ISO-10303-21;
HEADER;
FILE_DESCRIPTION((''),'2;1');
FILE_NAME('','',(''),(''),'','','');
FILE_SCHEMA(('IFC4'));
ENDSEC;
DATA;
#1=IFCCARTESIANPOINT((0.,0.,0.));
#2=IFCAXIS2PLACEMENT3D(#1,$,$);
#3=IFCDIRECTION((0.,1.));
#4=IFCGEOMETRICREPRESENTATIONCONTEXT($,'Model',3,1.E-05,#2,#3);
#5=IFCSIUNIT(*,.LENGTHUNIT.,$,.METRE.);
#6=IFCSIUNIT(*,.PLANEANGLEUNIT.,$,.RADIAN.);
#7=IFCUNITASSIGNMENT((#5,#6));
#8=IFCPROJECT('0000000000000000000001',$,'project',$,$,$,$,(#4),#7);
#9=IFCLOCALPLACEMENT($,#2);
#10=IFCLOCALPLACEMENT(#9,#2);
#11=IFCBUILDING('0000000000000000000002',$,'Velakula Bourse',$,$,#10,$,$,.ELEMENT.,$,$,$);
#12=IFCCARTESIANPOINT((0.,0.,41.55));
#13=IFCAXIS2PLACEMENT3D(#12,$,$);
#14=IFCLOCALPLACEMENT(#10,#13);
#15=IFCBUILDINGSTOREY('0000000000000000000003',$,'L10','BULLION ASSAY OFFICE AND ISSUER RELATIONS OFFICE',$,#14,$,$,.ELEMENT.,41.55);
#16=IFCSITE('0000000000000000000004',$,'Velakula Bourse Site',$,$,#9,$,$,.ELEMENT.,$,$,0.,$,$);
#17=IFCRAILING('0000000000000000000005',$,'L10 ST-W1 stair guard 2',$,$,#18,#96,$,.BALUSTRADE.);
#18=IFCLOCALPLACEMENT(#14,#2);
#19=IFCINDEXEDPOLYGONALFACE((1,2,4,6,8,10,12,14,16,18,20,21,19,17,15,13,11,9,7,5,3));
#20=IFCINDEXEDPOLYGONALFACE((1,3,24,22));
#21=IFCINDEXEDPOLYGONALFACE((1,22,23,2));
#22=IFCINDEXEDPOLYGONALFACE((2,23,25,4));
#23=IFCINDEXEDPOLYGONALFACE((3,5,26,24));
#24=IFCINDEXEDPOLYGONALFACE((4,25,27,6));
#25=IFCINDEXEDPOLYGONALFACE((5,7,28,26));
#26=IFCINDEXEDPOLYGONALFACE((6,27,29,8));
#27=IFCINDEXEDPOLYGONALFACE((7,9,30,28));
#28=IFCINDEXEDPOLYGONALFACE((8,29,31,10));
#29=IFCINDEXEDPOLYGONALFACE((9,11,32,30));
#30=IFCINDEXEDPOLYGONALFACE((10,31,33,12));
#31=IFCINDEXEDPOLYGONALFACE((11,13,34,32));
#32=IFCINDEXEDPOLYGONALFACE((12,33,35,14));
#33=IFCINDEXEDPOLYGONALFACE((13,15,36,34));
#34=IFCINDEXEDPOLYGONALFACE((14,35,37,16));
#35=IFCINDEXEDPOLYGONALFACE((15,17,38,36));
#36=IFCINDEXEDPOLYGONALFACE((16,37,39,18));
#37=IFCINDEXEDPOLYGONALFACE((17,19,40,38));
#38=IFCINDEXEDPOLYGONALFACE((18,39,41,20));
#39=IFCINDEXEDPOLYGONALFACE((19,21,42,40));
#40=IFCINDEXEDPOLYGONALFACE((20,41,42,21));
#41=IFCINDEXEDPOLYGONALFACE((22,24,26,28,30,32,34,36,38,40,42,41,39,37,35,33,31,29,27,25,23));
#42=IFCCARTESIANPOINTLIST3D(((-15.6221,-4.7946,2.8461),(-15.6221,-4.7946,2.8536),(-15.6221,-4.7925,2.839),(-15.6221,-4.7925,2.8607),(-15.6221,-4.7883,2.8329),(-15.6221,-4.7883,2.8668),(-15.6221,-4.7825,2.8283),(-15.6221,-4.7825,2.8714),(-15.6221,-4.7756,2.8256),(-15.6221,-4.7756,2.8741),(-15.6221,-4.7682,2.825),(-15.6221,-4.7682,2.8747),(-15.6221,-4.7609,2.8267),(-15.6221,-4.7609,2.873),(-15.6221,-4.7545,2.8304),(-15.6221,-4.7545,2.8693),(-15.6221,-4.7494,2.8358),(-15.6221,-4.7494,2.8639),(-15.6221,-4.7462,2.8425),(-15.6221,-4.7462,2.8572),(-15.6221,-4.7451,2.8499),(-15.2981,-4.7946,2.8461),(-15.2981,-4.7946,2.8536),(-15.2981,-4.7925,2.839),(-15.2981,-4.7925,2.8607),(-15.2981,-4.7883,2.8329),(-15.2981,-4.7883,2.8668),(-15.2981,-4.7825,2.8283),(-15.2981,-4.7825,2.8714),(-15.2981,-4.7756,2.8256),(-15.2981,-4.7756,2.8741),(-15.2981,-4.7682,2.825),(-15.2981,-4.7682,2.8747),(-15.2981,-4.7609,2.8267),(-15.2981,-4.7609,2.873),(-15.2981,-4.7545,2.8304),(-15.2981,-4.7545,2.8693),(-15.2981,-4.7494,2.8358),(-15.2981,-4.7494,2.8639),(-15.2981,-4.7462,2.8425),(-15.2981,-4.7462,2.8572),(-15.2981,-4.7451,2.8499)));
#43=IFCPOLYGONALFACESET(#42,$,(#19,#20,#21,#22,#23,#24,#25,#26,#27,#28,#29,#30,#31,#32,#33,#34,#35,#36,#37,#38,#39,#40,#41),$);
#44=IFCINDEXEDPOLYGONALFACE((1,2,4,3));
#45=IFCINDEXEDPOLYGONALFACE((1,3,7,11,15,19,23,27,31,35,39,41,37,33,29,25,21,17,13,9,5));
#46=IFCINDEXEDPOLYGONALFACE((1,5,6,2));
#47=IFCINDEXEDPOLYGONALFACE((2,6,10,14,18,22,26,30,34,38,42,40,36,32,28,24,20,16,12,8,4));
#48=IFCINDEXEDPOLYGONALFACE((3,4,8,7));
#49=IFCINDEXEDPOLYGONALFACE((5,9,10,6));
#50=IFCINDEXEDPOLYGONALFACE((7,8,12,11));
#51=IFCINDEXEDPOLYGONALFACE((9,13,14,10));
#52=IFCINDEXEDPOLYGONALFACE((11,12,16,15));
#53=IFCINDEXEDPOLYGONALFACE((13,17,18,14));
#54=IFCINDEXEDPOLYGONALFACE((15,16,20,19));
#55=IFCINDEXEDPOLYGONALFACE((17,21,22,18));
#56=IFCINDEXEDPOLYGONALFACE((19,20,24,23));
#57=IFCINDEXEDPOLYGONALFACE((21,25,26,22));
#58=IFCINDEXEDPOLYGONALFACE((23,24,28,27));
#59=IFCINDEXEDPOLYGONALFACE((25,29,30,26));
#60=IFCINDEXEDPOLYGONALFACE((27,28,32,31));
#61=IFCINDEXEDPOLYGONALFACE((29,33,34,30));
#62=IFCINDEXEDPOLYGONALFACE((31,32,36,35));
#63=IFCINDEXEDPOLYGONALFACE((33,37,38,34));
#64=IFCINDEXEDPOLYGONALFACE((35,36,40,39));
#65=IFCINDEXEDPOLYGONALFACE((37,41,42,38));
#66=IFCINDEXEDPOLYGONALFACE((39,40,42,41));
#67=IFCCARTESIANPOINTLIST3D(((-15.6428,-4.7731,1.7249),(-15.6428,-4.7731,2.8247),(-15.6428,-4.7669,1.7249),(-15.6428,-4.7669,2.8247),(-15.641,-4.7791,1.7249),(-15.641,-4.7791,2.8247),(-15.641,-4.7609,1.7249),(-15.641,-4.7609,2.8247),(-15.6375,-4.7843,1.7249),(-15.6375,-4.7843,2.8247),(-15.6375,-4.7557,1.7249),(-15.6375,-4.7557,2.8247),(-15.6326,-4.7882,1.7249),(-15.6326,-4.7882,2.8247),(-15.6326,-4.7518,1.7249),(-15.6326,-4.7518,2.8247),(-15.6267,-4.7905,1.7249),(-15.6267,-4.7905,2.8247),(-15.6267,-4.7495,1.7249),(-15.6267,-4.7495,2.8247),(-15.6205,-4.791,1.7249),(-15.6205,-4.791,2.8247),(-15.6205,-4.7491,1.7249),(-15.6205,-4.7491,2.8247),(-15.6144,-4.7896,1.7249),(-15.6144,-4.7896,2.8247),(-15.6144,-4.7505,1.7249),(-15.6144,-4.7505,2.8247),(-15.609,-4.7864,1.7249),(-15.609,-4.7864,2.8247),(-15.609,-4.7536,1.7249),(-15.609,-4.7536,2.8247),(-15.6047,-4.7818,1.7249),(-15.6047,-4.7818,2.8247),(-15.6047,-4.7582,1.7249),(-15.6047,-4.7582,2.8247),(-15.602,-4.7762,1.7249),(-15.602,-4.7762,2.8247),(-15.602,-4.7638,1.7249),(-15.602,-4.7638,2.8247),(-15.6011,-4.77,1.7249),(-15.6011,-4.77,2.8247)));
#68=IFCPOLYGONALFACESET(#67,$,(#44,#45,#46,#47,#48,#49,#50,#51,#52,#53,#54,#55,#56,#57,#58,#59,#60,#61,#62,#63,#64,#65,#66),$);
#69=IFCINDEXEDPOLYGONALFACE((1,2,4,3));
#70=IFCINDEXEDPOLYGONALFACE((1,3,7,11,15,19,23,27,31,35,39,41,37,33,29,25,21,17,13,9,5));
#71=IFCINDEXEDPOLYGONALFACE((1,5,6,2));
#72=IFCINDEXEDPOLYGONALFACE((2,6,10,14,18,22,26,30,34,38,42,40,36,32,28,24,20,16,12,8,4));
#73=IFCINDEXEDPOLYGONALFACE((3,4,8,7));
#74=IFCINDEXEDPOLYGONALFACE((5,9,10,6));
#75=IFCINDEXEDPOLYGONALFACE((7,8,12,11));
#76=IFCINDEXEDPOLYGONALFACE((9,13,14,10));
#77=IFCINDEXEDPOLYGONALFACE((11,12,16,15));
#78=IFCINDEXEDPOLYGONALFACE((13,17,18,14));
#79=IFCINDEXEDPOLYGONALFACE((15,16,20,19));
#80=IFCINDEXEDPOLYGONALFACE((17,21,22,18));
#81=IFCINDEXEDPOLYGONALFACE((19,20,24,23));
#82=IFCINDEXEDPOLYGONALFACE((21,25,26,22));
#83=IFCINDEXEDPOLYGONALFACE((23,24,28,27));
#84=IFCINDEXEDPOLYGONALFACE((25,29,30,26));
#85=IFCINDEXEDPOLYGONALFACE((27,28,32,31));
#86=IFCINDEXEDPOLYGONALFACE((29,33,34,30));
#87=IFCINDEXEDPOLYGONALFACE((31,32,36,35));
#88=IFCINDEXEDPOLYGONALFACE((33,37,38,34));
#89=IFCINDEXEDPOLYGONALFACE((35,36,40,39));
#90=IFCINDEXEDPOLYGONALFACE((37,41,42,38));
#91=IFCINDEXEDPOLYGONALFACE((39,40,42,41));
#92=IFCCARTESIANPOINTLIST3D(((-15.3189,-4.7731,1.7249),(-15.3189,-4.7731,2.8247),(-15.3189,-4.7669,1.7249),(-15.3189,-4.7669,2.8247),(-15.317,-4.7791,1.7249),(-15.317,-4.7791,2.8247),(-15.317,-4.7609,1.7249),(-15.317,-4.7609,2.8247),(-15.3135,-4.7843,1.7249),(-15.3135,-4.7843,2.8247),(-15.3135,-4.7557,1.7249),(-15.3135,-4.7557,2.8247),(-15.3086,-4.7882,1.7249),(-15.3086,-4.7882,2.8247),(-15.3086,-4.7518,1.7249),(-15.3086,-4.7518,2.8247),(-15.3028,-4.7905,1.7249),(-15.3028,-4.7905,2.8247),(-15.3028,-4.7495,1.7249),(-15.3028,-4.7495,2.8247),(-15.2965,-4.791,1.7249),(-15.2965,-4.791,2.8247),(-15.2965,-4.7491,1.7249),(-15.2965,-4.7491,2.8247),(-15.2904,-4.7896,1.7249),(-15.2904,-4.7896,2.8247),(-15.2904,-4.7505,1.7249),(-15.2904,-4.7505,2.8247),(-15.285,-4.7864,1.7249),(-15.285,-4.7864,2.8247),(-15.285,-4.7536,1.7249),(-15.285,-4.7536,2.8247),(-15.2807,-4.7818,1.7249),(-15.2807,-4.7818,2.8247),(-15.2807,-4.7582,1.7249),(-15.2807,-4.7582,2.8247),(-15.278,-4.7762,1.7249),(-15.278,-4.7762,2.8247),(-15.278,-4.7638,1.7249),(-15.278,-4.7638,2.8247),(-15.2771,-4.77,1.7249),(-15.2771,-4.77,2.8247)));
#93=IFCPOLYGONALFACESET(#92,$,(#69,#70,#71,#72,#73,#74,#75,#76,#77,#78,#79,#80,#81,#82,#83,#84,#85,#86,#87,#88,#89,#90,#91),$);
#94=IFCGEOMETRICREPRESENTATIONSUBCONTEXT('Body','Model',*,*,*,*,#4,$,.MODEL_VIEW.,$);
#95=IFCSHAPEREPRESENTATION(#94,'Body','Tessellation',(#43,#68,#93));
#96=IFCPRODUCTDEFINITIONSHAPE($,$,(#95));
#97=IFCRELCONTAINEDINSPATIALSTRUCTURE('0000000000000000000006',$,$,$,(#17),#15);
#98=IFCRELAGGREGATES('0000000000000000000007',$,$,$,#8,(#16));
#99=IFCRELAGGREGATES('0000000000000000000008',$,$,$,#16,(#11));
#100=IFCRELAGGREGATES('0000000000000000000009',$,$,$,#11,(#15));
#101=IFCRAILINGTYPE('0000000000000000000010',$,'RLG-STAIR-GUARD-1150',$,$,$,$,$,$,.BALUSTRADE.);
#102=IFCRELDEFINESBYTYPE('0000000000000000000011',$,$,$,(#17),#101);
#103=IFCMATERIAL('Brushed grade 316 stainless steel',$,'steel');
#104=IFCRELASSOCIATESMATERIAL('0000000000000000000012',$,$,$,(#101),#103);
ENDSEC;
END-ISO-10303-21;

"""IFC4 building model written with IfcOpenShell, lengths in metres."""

from ifc_helpers import new_model, si_unit, direction, frame, origin, origin_2d, place, context, subcontext, project, spatial, circle, extrude, material, type_object, element, save


model = new_model("IFC4")

# Units and contexts
model_context = context("Model", 3, precision=1e-05, world=origin(), true_north=direction((0.0, 1.0)))
body_context = subcontext(model_context, "Body", "Model", "MODEL_VIEW")
ifc_project = project(units=[si_unit("LENGTHUNIT", "METRE"), si_unit("PLANEANGLEUNIT", "RADIAN")], contexts=[model_context])

# Site, building, storey
site_placement = place(None, origin())
site = spatial("IfcSite", under=ifc_project, at=site_placement, Name="Velakula Bourse Site", CompositionType="ELEMENT", RefElevation=0.0)
building_placement = place(site_placement, origin())
building = spatial("IfcBuilding", under=site, at=building_placement, Name="Velakula Bourse", CompositionType="ELEMENT")
storey_placement = place(building_placement, frame((0.0, 0.0, 41.55)))
storey = spatial("IfcBuildingStorey", under=building, at=storey_placement, Name="L10", Description="BULLION ASSAY OFFICE AND ISSUER RELATIONS OFFICE", CompositionType="ELEMENT", Elevation=41.55)

# Shared definitions
ifc_material_1 = material(Name="Brushed grade 316 stainless steel", Category="steel")

# Railing
railing_type_1 = type_object("IfcRailingType", Name="RLG-STAIR-GUARD-1150", PredefinedType="BALUSTRADE", material=ifc_material_1)
railing_1_placement = place(storey_placement, frame((-15.6221, -4.77, 1.7249)))
element("IfcRailing", 1, at=railing_1_placement, inside=storey, type_object=railing_type_1, Name="L10 ST-W1 stair guard 2", PredefinedType="BALUSTRADE", context=body_context, shape_type="SweptSolid", body=[
    extrude(circle(Radius=0.0249, at=origin_2d()), frame((0.0, 0.0, 1.125), z_axis=(1.0, 0.0, 0.0), x_axis=(0.0, 1.0, 0.0)), (0.0, 0.0, 1.0), 0.324),
    extrude(circle(Radius=0.021, at=origin_2d()), origin(), (0.0, 0.0, 1.0), 1.0999),
    extrude(circle(Radius=0.021, at=origin_2d()), frame((0.324, 0.0, 0.0)), (0.0, 0.0, 1.0), 1.0999),
])

save(model, "model.ifc")
